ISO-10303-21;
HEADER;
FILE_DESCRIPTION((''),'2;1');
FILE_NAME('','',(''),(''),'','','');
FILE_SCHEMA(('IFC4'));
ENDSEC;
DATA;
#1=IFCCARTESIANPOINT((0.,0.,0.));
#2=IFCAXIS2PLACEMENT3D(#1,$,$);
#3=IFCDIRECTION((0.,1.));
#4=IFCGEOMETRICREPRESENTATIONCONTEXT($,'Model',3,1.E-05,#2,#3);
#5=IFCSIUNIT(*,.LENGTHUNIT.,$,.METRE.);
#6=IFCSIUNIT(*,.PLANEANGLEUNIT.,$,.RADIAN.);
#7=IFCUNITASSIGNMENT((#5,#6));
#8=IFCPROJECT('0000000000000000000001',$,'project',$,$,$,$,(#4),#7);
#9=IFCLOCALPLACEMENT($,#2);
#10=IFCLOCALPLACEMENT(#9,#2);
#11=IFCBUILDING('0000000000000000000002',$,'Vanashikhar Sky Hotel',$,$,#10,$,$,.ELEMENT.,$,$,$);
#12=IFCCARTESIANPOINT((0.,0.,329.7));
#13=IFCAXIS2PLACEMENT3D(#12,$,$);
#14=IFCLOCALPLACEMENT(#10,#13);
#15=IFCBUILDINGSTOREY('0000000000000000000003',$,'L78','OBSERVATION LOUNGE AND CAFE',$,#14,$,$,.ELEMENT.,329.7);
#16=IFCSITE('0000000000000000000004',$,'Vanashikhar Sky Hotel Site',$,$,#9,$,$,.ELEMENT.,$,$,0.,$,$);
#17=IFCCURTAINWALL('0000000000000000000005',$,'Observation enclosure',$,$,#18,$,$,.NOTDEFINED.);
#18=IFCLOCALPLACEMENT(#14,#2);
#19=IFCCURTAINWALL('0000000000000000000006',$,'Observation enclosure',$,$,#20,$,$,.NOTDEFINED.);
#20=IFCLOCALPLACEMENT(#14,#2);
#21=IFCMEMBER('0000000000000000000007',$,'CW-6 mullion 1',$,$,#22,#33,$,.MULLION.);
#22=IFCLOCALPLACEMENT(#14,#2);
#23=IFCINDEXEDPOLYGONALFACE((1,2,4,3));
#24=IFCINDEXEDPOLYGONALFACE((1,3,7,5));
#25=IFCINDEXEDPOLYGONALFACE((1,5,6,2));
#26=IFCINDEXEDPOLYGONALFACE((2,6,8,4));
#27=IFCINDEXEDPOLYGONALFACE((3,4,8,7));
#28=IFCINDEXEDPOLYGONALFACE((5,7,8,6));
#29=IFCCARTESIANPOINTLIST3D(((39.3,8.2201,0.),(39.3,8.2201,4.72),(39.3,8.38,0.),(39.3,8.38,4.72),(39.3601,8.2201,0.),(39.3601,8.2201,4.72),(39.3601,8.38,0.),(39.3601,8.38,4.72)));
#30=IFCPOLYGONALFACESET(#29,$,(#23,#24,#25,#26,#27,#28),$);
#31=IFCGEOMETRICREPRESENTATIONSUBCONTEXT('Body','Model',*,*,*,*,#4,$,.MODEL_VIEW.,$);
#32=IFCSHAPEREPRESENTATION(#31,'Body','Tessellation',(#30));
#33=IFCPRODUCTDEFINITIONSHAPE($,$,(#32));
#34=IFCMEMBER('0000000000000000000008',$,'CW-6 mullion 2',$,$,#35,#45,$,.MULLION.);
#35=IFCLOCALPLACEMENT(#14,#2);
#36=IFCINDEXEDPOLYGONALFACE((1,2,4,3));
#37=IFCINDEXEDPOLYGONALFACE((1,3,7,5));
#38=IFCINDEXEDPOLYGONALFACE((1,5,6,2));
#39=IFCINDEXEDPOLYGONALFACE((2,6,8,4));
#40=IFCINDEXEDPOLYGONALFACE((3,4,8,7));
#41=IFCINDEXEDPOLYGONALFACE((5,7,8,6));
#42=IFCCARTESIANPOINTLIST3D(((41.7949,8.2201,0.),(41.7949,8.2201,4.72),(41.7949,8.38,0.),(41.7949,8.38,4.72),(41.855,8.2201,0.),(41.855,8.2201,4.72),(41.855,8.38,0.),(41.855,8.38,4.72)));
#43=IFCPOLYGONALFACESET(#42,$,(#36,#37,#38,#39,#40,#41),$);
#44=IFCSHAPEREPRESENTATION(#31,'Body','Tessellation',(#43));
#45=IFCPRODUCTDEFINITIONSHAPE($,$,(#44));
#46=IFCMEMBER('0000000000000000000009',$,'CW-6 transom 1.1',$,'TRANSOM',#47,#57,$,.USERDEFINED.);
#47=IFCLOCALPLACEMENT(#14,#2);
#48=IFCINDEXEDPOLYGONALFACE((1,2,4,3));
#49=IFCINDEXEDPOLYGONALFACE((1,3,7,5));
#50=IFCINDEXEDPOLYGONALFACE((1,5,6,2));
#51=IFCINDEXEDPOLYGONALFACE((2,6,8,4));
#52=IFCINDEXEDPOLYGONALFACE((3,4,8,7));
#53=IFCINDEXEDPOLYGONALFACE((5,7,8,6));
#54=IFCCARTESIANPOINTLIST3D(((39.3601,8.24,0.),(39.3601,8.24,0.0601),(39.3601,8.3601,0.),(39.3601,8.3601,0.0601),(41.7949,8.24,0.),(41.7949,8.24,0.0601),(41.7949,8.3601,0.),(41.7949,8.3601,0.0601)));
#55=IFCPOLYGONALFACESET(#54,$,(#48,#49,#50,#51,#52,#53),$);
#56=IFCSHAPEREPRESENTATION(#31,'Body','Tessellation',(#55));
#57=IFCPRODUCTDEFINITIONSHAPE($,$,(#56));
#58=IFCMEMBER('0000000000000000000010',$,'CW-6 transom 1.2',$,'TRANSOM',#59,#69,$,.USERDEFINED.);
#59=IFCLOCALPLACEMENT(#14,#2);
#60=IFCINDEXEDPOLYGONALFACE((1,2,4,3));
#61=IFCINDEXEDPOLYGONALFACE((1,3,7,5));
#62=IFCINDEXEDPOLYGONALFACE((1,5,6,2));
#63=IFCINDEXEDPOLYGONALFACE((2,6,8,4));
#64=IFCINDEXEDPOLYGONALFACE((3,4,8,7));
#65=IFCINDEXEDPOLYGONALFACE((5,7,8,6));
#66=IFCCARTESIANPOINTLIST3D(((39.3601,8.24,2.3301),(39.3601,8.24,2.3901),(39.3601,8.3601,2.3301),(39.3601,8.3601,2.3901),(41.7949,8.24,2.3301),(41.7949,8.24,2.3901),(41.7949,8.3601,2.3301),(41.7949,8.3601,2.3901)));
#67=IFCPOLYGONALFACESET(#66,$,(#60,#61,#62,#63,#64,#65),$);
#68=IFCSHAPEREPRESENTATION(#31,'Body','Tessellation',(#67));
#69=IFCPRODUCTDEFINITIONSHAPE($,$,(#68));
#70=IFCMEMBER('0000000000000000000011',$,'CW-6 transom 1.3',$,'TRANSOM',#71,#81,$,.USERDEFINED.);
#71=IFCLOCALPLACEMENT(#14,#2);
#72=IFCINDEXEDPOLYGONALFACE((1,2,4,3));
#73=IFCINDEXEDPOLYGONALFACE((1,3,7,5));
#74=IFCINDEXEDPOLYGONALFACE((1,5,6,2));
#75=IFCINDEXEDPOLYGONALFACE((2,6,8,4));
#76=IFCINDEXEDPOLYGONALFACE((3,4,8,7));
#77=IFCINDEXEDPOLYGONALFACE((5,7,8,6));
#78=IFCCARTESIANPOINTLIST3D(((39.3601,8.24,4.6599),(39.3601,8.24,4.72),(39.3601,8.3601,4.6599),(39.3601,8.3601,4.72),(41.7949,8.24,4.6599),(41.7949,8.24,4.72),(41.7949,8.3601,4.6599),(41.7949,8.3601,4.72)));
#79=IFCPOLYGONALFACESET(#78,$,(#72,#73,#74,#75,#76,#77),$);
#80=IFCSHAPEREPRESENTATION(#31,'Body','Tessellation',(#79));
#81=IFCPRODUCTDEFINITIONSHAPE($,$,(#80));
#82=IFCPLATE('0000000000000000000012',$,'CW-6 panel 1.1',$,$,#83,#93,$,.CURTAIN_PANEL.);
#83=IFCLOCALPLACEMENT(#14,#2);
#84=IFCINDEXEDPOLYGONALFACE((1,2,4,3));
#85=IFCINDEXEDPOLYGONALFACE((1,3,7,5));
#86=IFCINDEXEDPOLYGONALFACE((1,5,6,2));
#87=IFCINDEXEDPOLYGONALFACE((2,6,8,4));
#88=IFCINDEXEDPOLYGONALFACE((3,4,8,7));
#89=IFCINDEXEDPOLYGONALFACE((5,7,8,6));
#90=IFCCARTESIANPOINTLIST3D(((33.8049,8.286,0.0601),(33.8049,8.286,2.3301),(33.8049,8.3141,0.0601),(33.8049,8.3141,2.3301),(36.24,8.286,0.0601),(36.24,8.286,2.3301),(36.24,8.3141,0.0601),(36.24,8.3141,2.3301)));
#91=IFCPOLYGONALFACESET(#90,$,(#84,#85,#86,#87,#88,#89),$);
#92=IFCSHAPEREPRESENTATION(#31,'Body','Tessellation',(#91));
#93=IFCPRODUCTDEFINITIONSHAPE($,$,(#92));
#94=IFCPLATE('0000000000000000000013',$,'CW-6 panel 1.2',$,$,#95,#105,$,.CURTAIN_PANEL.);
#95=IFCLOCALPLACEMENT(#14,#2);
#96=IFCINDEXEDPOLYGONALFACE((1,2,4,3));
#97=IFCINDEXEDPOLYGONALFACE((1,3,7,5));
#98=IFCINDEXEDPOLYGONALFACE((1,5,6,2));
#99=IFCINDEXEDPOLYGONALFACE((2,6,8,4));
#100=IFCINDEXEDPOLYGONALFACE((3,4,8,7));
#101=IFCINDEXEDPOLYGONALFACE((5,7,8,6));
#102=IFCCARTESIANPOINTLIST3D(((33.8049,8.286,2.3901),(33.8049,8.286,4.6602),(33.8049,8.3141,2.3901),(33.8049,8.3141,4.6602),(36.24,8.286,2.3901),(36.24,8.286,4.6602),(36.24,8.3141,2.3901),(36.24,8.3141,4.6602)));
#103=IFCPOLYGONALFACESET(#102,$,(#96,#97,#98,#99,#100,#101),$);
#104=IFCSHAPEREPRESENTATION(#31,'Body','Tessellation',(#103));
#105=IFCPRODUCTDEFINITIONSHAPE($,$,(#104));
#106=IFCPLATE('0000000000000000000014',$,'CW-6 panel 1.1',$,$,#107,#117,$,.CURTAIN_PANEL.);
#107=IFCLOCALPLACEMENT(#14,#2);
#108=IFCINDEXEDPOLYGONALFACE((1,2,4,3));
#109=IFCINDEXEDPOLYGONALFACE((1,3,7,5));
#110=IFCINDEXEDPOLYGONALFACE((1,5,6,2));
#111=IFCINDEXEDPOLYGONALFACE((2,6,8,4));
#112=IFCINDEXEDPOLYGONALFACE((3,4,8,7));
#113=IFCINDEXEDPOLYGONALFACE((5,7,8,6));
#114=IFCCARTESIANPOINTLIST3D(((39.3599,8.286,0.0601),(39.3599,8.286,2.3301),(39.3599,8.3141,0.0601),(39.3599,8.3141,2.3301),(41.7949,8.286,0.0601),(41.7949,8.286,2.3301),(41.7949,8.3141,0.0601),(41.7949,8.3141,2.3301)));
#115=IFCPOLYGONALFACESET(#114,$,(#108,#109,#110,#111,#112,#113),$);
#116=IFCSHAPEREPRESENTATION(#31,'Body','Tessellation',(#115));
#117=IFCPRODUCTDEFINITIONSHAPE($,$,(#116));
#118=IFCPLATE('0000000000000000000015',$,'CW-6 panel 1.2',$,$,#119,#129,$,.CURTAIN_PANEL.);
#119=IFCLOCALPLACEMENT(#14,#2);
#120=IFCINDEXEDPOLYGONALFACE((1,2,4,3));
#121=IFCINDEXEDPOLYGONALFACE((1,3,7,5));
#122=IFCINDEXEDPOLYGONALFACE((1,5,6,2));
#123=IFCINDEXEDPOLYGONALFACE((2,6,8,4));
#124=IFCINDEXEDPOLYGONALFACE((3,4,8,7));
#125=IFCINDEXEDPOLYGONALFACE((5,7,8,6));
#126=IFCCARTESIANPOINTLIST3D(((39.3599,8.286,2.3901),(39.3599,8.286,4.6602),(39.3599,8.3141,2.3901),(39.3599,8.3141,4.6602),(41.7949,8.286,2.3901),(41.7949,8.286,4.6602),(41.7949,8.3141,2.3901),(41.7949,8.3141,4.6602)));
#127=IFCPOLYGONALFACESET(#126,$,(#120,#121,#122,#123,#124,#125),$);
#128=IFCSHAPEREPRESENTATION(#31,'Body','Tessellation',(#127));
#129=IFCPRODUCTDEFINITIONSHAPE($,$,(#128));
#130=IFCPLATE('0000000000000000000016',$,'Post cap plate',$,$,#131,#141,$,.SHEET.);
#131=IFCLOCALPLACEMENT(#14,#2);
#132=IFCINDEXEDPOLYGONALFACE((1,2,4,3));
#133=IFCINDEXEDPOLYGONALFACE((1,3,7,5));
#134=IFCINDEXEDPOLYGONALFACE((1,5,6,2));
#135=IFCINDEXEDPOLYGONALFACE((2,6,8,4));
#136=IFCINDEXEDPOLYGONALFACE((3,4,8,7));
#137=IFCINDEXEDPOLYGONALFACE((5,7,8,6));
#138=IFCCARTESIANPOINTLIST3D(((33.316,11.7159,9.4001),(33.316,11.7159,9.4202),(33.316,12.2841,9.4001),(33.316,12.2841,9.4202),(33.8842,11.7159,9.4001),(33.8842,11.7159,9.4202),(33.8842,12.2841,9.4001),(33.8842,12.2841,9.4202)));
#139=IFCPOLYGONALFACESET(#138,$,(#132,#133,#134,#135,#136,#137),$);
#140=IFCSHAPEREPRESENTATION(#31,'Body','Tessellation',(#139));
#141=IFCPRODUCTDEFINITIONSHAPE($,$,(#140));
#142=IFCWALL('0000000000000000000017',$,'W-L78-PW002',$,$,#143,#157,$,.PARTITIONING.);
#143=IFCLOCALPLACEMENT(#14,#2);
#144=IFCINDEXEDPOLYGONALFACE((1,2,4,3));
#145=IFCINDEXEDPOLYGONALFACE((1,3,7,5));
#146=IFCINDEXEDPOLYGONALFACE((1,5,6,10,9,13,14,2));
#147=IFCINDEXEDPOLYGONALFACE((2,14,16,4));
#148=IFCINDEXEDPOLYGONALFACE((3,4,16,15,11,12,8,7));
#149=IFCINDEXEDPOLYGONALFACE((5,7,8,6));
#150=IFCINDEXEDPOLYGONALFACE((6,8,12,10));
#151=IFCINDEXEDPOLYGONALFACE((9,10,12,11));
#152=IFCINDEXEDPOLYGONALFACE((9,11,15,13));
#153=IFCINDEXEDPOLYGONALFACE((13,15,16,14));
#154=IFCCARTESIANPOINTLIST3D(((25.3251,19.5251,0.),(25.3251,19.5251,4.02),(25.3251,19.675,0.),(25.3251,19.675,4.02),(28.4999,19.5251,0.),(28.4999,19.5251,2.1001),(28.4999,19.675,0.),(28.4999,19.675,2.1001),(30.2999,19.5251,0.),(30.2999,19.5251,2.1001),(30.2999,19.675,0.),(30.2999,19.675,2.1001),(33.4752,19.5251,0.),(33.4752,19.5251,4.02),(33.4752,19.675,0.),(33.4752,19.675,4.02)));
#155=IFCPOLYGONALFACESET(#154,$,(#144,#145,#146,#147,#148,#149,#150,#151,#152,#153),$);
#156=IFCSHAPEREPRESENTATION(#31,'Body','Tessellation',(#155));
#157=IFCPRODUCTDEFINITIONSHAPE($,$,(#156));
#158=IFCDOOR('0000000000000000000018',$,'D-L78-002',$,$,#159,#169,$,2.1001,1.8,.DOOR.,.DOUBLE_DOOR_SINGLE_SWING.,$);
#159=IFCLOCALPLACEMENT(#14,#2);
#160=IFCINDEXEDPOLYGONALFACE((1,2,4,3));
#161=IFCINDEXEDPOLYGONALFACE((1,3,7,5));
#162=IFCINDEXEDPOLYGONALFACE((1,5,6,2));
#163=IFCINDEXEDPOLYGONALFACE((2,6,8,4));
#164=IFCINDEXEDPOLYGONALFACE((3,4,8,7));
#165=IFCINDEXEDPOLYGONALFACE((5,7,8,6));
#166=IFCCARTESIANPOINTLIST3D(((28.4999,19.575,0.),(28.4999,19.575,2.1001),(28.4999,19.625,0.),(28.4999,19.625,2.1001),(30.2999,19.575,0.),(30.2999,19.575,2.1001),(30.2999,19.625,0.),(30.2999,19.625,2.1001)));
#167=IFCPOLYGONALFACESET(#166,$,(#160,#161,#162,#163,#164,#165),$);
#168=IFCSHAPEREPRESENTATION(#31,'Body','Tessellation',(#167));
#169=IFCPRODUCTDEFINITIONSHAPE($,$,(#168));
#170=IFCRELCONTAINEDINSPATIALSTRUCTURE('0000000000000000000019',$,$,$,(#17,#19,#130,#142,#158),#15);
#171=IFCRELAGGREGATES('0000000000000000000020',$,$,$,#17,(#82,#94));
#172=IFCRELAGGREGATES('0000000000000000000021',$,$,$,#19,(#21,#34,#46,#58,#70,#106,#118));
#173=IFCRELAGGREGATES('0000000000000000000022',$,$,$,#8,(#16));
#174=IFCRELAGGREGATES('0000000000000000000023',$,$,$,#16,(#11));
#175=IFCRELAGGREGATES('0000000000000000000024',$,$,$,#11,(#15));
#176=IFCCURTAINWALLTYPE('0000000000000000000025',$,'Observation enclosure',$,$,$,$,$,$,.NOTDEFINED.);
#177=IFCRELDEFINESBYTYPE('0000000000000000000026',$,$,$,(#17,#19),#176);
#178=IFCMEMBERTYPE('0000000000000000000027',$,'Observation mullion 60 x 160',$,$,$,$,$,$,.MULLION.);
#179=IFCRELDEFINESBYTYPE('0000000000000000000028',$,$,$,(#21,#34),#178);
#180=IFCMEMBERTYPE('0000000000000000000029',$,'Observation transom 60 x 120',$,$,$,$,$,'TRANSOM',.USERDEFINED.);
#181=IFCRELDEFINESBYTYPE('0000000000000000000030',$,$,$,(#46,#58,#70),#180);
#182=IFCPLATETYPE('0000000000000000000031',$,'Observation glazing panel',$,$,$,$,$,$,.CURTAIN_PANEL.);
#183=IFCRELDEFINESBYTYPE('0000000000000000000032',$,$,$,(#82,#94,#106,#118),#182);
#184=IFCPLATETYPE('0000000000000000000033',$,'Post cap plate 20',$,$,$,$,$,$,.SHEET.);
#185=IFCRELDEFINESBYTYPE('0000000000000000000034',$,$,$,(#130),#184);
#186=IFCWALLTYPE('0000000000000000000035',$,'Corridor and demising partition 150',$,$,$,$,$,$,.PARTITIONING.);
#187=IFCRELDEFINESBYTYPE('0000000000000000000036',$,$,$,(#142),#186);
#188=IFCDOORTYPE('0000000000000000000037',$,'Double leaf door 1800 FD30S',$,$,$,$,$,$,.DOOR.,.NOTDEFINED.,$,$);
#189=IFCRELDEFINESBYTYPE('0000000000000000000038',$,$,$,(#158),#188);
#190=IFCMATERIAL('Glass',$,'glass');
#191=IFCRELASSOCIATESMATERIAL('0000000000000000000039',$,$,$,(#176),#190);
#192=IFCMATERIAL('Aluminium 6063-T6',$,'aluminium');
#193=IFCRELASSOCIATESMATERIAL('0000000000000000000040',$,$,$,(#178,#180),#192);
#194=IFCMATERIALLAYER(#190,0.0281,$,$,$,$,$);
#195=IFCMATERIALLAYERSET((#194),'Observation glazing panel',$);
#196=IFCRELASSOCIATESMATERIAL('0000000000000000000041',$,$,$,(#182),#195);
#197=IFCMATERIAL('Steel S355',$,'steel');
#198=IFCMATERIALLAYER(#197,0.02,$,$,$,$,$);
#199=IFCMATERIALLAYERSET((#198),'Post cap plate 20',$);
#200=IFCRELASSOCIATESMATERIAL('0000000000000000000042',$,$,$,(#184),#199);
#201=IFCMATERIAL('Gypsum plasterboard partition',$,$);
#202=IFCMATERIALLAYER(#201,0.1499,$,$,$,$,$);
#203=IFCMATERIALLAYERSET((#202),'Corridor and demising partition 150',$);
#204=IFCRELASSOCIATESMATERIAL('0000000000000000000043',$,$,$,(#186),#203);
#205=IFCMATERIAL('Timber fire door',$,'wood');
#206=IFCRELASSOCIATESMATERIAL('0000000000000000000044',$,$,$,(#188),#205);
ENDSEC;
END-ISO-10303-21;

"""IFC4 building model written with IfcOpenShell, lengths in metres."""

from ifc_helpers import new_model, si_unit, direction, frame, frame_2d, origin, origin_2d, place, context, subcontext, project, spatial, rectangle, extrude, source, transform, mapped, material, layer, layer_set, material_profile, profile_set, type_object, element, fill, aggregate, save


model = new_model("IFC4")

# Units and contexts
model_context = context("Model", 3, precision=1e-05, world=origin(), true_north=direction((0.0, 1.0)))
body_context = subcontext(model_context, "Body", "Model", "MODEL_VIEW")
ifc_project = project(units=[si_unit("LENGTHUNIT", "METRE"), si_unit("PLANEANGLEUNIT", "RADIAN")], contexts=[model_context])

# Site, building, storey
site_placement = place(None, origin())
site = spatial("IfcSite", under=ifc_project, at=site_placement, Name="Vanashikhar Sky Hotel Site", CompositionType="ELEMENT", RefElevation=0.0)
building_placement = place(site_placement, origin())
building = spatial("IfcBuilding", under=site, at=building_placement, Name="Vanashikhar Sky Hotel", CompositionType="ELEMENT")
storey_placement = place(building_placement, frame((0.0, 0.0, 329.7)))
storey = spatial("IfcBuildingStorey", under=building, at=storey_placement, Name="L78", Description="OBSERVATION LOUNGE AND CAFE", CompositionType="ELEMENT", Elevation=329.7)

# Shared definitions
ifc_material_1 = material(Name="Steel S355", Category="steel")

# Curtain wall
ifc_material_2 = material(Name="Glass", Category="glass")
curtain_wall_type = type_object("IfcCurtainWallType", Name="Observation enclosure", PredefinedType="NOTDEFINED", material=ifc_material_2)
curtain_wall_1_placement = place(storey_placement, origin())
curtain_wall_1 = element("IfcCurtainWall", 1, at=curtain_wall_1_placement, inside=storey, type_object=curtain_wall_type, Name="Observation enclosure", PredefinedType="NOTDEFINED")
ifc_material_3 = material(Name="Aluminium 6063-T6", Category="aluminium")
ifc_material_profile_1 = material_profile(ifc_material_3, rectangle(XDim=0.1599, YDim=0.0601, at=origin_2d()))
ifc_profile_set_1 = profile_set([ifc_material_profile_1], Name="Aluminium 6063-T6")
member_type_1 = type_object("IfcMemberType", Name="Observation mullion 60 x 160", PredefinedType="MULLION", material=ifc_profile_set_1)
shared_shape_1 = source(origin(), body_context, "Body", "SweptSolid", [
    extrude(rectangle(XDim=0.1599, YDim=0.0601, at=origin_2d()), origin(), (0.0, 0.0, 1.0), 4.72),
])

# Curtain wall, members
curtain_wall_2_placement = place(storey_placement, origin())
curtain_wall_2 = element("IfcCurtainWall", 2, at=curtain_wall_2_placement, inside=storey, type_object=curtain_wall_type, Name="Observation enclosure", PredefinedType="NOTDEFINED")
member_1_placement = place(storey_placement, frame((39.3301, 8.3, 0.0), z_axis=(0.0, 0.0, 1.0), x_axis=(0.0, 1.0, 0.0)))
member_1 = element("IfcMember", 3, at=member_1_placement, type_object=member_type_1, Name="CW-6 mullion 1", PredefinedType="MULLION", context=body_context, shape_type="MappedRepresentation", body=[
    mapped(shared_shape_1, transform((0.0, 0.0, 0.0), scale=1.0)),
])
member_2_placement = place(storey_placement, frame((41.825, 8.3, 0.0), z_axis=(0.0, 0.0, 1.0), x_axis=(0.0, 1.0, 0.0)))
member_2 = element("IfcMember", 4, at=member_2_placement, type_object=member_type_1, Name="CW-6 mullion 2", PredefinedType="MULLION", context=body_context, shape_type="MappedRepresentation", body=[
    mapped(shared_shape_1, transform((0.0, 0.0, 0.0), scale=1.0)),
])
ifc_material_profile_2 = material_profile(ifc_material_3, rectangle(XDim=0.1201, YDim=0.0601, at=origin_2d()))
ifc_profile_set_2 = profile_set([ifc_material_profile_2], Name="Aluminium 6063-T6")
member_type_2 = type_object("IfcMemberType", Name="Observation transom 60 x 120", ElementType="TRANSOM", PredefinedType="USERDEFINED", material=ifc_profile_set_2)
shared_shape_2 = source(origin(), body_context, "Body", "SweptSolid", [
    extrude(rectangle(XDim=0.1201, YDim=0.0601, at=origin_2d()), origin(), (0.0, 0.0, 1.0), 2.4348),
])
member_3_placement = place(storey_placement, frame((39.3601, 8.3, 0.03), z_axis=(1.0, 0.0, 0.0), x_axis=(0.0, 1.0, 0.0)))
member_3 = element("IfcMember", 5, at=member_3_placement, type_object=member_type_2, Name="CW-6 transom 1.1", ObjectType="TRANSOM", PredefinedType="USERDEFINED", context=body_context, shape_type="MappedRepresentation", body=[
    mapped(shared_shape_2, transform((0.0, 0.0, 0.0), scale=1.0)),
])
member_4_placement = place(storey_placement, frame((39.3601, 8.3, 2.3601), z_axis=(1.0, 0.0, 0.0), x_axis=(0.0, 1.0, 0.0)))
member_4 = element("IfcMember", 6, at=member_4_placement, type_object=member_type_2, Name="CW-6 transom 1.2", ObjectType="TRANSOM", PredefinedType="USERDEFINED", context=body_context, shape_type="MappedRepresentation", body=[
    mapped(shared_shape_2, transform((0.0, 0.0, 0.0), scale=1.0)),
])
member_5_placement = place(storey_placement, frame((39.3601, 8.3, 4.6899), z_axis=(1.0, 0.0, 0.0), x_axis=(0.0, 1.0, 0.0)))
member_5 = element("IfcMember", 7, at=member_5_placement, type_object=member_type_2, Name="CW-6 transom 1.3", ObjectType="TRANSOM", PredefinedType="USERDEFINED", context=body_context, shape_type="MappedRepresentation", body=[
    mapped(shared_shape_2, transform((0.0, 0.0, 0.0), scale=1.0)),
])

# Plates
ifc_layer_1 = layer(ifc_material_2, 0.0281)
ifc_layer_set_1 = layer_set([ifc_layer_1], Name="Observation glazing panel")
plate_type_1 = type_object("IfcPlateType", Name="Observation glazing panel", PredefinedType="CURTAIN_PANEL", material=ifc_layer_set_1)
shared_shape_3 = source(origin(), body_context, "Body", "SweptSolid", [
    extrude(rectangle(XDim=2.4351, YDim=0.0281, at=origin_2d()), origin(), (0.0, 0.0, 1.0), 2.27),
])
plate_1_placement = place(storey_placement, frame((35.0225, 8.3, 0.0601), z_axis=(0.0, 0.0, 1.0), x_axis=(1.0, 0.0, 0.0)))
plate_1 = element("IfcPlate", 8, at=plate_1_placement, type_object=plate_type_1, Name="CW-6 panel 1.1", PredefinedType="CURTAIN_PANEL", context=body_context, shape_type="MappedRepresentation", body=[
    mapped(shared_shape_3, transform((0.0, 0.0, 0.0), scale=1.0)),
])
plate_2_placement = place(storey_placement, frame((35.0225, 8.3, 2.3901), z_axis=(0.0, 0.0, 1.0), x_axis=(1.0, 0.0, 0.0)))
plate_2 = element("IfcPlate", 9, at=plate_2_placement, type_object=plate_type_1, Name="CW-6 panel 1.2", PredefinedType="CURTAIN_PANEL", context=body_context, shape_type="MappedRepresentation", body=[
    mapped(shared_shape_3, transform((0.0, 0.0, 0.0), scale=1.0)),
])
aggregate(curtain_wall_1, [plate_1, plate_2])
plate_3_placement = place(storey_placement, frame((40.5774, 8.3, 0.0601), z_axis=(0.0, 0.0, 1.0), x_axis=(1.0, 0.0, 0.0)))
plate_3 = element("IfcPlate", 10, at=plate_3_placement, type_object=plate_type_1, Name="CW-6 panel 1.1", PredefinedType="CURTAIN_PANEL", context=body_context, shape_type="MappedRepresentation", body=[
    mapped(shared_shape_3, transform((0.0, 0.0, 0.0), scale=1.0)),
])
plate_4_placement = place(storey_placement, frame((40.5774, 8.3, 2.3901), z_axis=(0.0, 0.0, 1.0), x_axis=(1.0, 0.0, 0.0)))
plate_4 = element("IfcPlate", 11, at=plate_4_placement, type_object=plate_type_1, Name="CW-6 panel 1.2", PredefinedType="CURTAIN_PANEL", context=body_context, shape_type="MappedRepresentation", body=[
    mapped(shared_shape_3, transform((0.0, 0.0, 0.0), scale=1.0)),
])
aggregate(curtain_wall_2, [member_1, member_2, member_3, member_4, member_5, plate_3, plate_4])
ifc_layer_2 = layer(ifc_material_1, 0.02)
ifc_layer_set_2 = layer_set([ifc_layer_2], Name="Post cap plate 20")
plate_type_2 = type_object("IfcPlateType", Name="Post cap plate 20", PredefinedType="SHEET", material=ifc_layer_set_2)
shared_shape_4 = source(origin(), body_context, "Body", "SweptSolid", [
    extrude(rectangle(XDim=0.5681, YDim=0.5681, at=origin_2d()), origin(), (0.0, 0.0, 1.0), 0.02),
])
plate_5_placement = place(storey_placement, frame((33.6001, 12.0, 9.4001), z_axis=(0.0, 0.0, 1.0), x_axis=(1.0, 0.0, 0.0)))
element("IfcPlate", 12, at=plate_5_placement, inside=storey, type_object=plate_type_2, Name="Post cap plate", PredefinedType="SHEET", context=body_context, shape_type="MappedRepresentation", body=[
    mapped(shared_shape_4, transform((0.0, 0.0, 0.0), scale=1.0)),
])

# Wall, opening, door
ifc_material_4 = material(Name="Gypsum plasterboard partition")
ifc_layer_3 = layer(ifc_material_4, 0.1499)
ifc_layer_set_3 = layer_set([ifc_layer_3], Name="Corridor and demising partition 150")
wall_type_1 = type_object("IfcWallType", Name="Corridor and demising partition 150", PredefinedType="PARTITIONING", material=ifc_layer_set_3)
shared_shape_5 = source(origin(), body_context, "Body", "SweptSolid", [
    extrude(rectangle(XDim=8.1501, YDim=0.1499, at=frame_2d((4.0752, 0.0))), origin(), (0.0, 0.0, 1.0), 4.02),
])
wall_1_placement = place(storey_placement, frame((25.325, 19.6001, 0.0), z_axis=(0.0, 0.0, 1.0), x_axis=(1.0, 0.0, 0.0)))
wall_1 = element("IfcWall", 13, at=wall_1_placement, inside=storey, type_object=wall_type_1, Name="W-L78-PW002", PredefinedType="PARTITIONING", context=body_context, shape_type="MappedRepresentation", body=[
    mapped(shared_shape_5, transform((0.0, 0.0, 0.0), scale=1.0)),
])
shared_shape_6 = source(origin(), body_context, "Body", "SweptSolid", [
    extrude(rectangle(XDim=1.8, YDim=2.1001, at=frame_2d((0.8999, 1.05))), frame((0.0, 0.085, 0.0), z_axis=(0.0, -1.0, 0.0), x_axis=(1.0, 0.0, 0.0)), (0.0, 0.0, 1.0), 0.1699),
])
opening_1_placement = place(wall_1_placement, frame((3.175, 0.0, 0.0)))
opening_1 = element("IfcOpeningElement", 14, at=opening_1_placement, cuts=wall_1, PredefinedType="OPENING", context=body_context, shape_type="MappedRepresentation", body=[
    mapped(shared_shape_6, transform((0.0, 0.0, 0.0), scale=1.0)),
])
ifc_material_5 = material(Name="Timber fire door", Category="wood")
door_type_1 = type_object("IfcDoorType", Name="Double leaf door 1800 FD30S", OperationType="NOTDEFINED", PredefinedType="DOOR", material=ifc_material_5)
shared_shape_7 = source(origin(), body_context, "Body", "SweptSolid", [
    extrude(rectangle(XDim=1.8, YDim=2.1001, at=frame_2d((0.8999, 1.05))), frame((0.0, 0.0249, 0.0), z_axis=(0.0, -1.0, 0.0), x_axis=(1.0, 0.0, 0.0)), (0.0, 0.0, 1.0), 0.05),
])
door_1_placement = place(opening_1_placement, origin())
door_1 = element("IfcDoor", 15, at=door_1_placement, inside=storey, type_object=door_type_1, Name="D-L78-002", OperationType="DOUBLE_DOOR_SINGLE_SWING", OverallHeight=2.1001, OverallWidth=1.8, PredefinedType="DOOR", context=body_context, shape_type="MappedRepresentation", body=[
    mapped(shared_shape_7, transform((0.0, 0.0, 0.0), scale=1.0)),
])
fill(opening_1, door_1)

save(model, "model.ifc")
